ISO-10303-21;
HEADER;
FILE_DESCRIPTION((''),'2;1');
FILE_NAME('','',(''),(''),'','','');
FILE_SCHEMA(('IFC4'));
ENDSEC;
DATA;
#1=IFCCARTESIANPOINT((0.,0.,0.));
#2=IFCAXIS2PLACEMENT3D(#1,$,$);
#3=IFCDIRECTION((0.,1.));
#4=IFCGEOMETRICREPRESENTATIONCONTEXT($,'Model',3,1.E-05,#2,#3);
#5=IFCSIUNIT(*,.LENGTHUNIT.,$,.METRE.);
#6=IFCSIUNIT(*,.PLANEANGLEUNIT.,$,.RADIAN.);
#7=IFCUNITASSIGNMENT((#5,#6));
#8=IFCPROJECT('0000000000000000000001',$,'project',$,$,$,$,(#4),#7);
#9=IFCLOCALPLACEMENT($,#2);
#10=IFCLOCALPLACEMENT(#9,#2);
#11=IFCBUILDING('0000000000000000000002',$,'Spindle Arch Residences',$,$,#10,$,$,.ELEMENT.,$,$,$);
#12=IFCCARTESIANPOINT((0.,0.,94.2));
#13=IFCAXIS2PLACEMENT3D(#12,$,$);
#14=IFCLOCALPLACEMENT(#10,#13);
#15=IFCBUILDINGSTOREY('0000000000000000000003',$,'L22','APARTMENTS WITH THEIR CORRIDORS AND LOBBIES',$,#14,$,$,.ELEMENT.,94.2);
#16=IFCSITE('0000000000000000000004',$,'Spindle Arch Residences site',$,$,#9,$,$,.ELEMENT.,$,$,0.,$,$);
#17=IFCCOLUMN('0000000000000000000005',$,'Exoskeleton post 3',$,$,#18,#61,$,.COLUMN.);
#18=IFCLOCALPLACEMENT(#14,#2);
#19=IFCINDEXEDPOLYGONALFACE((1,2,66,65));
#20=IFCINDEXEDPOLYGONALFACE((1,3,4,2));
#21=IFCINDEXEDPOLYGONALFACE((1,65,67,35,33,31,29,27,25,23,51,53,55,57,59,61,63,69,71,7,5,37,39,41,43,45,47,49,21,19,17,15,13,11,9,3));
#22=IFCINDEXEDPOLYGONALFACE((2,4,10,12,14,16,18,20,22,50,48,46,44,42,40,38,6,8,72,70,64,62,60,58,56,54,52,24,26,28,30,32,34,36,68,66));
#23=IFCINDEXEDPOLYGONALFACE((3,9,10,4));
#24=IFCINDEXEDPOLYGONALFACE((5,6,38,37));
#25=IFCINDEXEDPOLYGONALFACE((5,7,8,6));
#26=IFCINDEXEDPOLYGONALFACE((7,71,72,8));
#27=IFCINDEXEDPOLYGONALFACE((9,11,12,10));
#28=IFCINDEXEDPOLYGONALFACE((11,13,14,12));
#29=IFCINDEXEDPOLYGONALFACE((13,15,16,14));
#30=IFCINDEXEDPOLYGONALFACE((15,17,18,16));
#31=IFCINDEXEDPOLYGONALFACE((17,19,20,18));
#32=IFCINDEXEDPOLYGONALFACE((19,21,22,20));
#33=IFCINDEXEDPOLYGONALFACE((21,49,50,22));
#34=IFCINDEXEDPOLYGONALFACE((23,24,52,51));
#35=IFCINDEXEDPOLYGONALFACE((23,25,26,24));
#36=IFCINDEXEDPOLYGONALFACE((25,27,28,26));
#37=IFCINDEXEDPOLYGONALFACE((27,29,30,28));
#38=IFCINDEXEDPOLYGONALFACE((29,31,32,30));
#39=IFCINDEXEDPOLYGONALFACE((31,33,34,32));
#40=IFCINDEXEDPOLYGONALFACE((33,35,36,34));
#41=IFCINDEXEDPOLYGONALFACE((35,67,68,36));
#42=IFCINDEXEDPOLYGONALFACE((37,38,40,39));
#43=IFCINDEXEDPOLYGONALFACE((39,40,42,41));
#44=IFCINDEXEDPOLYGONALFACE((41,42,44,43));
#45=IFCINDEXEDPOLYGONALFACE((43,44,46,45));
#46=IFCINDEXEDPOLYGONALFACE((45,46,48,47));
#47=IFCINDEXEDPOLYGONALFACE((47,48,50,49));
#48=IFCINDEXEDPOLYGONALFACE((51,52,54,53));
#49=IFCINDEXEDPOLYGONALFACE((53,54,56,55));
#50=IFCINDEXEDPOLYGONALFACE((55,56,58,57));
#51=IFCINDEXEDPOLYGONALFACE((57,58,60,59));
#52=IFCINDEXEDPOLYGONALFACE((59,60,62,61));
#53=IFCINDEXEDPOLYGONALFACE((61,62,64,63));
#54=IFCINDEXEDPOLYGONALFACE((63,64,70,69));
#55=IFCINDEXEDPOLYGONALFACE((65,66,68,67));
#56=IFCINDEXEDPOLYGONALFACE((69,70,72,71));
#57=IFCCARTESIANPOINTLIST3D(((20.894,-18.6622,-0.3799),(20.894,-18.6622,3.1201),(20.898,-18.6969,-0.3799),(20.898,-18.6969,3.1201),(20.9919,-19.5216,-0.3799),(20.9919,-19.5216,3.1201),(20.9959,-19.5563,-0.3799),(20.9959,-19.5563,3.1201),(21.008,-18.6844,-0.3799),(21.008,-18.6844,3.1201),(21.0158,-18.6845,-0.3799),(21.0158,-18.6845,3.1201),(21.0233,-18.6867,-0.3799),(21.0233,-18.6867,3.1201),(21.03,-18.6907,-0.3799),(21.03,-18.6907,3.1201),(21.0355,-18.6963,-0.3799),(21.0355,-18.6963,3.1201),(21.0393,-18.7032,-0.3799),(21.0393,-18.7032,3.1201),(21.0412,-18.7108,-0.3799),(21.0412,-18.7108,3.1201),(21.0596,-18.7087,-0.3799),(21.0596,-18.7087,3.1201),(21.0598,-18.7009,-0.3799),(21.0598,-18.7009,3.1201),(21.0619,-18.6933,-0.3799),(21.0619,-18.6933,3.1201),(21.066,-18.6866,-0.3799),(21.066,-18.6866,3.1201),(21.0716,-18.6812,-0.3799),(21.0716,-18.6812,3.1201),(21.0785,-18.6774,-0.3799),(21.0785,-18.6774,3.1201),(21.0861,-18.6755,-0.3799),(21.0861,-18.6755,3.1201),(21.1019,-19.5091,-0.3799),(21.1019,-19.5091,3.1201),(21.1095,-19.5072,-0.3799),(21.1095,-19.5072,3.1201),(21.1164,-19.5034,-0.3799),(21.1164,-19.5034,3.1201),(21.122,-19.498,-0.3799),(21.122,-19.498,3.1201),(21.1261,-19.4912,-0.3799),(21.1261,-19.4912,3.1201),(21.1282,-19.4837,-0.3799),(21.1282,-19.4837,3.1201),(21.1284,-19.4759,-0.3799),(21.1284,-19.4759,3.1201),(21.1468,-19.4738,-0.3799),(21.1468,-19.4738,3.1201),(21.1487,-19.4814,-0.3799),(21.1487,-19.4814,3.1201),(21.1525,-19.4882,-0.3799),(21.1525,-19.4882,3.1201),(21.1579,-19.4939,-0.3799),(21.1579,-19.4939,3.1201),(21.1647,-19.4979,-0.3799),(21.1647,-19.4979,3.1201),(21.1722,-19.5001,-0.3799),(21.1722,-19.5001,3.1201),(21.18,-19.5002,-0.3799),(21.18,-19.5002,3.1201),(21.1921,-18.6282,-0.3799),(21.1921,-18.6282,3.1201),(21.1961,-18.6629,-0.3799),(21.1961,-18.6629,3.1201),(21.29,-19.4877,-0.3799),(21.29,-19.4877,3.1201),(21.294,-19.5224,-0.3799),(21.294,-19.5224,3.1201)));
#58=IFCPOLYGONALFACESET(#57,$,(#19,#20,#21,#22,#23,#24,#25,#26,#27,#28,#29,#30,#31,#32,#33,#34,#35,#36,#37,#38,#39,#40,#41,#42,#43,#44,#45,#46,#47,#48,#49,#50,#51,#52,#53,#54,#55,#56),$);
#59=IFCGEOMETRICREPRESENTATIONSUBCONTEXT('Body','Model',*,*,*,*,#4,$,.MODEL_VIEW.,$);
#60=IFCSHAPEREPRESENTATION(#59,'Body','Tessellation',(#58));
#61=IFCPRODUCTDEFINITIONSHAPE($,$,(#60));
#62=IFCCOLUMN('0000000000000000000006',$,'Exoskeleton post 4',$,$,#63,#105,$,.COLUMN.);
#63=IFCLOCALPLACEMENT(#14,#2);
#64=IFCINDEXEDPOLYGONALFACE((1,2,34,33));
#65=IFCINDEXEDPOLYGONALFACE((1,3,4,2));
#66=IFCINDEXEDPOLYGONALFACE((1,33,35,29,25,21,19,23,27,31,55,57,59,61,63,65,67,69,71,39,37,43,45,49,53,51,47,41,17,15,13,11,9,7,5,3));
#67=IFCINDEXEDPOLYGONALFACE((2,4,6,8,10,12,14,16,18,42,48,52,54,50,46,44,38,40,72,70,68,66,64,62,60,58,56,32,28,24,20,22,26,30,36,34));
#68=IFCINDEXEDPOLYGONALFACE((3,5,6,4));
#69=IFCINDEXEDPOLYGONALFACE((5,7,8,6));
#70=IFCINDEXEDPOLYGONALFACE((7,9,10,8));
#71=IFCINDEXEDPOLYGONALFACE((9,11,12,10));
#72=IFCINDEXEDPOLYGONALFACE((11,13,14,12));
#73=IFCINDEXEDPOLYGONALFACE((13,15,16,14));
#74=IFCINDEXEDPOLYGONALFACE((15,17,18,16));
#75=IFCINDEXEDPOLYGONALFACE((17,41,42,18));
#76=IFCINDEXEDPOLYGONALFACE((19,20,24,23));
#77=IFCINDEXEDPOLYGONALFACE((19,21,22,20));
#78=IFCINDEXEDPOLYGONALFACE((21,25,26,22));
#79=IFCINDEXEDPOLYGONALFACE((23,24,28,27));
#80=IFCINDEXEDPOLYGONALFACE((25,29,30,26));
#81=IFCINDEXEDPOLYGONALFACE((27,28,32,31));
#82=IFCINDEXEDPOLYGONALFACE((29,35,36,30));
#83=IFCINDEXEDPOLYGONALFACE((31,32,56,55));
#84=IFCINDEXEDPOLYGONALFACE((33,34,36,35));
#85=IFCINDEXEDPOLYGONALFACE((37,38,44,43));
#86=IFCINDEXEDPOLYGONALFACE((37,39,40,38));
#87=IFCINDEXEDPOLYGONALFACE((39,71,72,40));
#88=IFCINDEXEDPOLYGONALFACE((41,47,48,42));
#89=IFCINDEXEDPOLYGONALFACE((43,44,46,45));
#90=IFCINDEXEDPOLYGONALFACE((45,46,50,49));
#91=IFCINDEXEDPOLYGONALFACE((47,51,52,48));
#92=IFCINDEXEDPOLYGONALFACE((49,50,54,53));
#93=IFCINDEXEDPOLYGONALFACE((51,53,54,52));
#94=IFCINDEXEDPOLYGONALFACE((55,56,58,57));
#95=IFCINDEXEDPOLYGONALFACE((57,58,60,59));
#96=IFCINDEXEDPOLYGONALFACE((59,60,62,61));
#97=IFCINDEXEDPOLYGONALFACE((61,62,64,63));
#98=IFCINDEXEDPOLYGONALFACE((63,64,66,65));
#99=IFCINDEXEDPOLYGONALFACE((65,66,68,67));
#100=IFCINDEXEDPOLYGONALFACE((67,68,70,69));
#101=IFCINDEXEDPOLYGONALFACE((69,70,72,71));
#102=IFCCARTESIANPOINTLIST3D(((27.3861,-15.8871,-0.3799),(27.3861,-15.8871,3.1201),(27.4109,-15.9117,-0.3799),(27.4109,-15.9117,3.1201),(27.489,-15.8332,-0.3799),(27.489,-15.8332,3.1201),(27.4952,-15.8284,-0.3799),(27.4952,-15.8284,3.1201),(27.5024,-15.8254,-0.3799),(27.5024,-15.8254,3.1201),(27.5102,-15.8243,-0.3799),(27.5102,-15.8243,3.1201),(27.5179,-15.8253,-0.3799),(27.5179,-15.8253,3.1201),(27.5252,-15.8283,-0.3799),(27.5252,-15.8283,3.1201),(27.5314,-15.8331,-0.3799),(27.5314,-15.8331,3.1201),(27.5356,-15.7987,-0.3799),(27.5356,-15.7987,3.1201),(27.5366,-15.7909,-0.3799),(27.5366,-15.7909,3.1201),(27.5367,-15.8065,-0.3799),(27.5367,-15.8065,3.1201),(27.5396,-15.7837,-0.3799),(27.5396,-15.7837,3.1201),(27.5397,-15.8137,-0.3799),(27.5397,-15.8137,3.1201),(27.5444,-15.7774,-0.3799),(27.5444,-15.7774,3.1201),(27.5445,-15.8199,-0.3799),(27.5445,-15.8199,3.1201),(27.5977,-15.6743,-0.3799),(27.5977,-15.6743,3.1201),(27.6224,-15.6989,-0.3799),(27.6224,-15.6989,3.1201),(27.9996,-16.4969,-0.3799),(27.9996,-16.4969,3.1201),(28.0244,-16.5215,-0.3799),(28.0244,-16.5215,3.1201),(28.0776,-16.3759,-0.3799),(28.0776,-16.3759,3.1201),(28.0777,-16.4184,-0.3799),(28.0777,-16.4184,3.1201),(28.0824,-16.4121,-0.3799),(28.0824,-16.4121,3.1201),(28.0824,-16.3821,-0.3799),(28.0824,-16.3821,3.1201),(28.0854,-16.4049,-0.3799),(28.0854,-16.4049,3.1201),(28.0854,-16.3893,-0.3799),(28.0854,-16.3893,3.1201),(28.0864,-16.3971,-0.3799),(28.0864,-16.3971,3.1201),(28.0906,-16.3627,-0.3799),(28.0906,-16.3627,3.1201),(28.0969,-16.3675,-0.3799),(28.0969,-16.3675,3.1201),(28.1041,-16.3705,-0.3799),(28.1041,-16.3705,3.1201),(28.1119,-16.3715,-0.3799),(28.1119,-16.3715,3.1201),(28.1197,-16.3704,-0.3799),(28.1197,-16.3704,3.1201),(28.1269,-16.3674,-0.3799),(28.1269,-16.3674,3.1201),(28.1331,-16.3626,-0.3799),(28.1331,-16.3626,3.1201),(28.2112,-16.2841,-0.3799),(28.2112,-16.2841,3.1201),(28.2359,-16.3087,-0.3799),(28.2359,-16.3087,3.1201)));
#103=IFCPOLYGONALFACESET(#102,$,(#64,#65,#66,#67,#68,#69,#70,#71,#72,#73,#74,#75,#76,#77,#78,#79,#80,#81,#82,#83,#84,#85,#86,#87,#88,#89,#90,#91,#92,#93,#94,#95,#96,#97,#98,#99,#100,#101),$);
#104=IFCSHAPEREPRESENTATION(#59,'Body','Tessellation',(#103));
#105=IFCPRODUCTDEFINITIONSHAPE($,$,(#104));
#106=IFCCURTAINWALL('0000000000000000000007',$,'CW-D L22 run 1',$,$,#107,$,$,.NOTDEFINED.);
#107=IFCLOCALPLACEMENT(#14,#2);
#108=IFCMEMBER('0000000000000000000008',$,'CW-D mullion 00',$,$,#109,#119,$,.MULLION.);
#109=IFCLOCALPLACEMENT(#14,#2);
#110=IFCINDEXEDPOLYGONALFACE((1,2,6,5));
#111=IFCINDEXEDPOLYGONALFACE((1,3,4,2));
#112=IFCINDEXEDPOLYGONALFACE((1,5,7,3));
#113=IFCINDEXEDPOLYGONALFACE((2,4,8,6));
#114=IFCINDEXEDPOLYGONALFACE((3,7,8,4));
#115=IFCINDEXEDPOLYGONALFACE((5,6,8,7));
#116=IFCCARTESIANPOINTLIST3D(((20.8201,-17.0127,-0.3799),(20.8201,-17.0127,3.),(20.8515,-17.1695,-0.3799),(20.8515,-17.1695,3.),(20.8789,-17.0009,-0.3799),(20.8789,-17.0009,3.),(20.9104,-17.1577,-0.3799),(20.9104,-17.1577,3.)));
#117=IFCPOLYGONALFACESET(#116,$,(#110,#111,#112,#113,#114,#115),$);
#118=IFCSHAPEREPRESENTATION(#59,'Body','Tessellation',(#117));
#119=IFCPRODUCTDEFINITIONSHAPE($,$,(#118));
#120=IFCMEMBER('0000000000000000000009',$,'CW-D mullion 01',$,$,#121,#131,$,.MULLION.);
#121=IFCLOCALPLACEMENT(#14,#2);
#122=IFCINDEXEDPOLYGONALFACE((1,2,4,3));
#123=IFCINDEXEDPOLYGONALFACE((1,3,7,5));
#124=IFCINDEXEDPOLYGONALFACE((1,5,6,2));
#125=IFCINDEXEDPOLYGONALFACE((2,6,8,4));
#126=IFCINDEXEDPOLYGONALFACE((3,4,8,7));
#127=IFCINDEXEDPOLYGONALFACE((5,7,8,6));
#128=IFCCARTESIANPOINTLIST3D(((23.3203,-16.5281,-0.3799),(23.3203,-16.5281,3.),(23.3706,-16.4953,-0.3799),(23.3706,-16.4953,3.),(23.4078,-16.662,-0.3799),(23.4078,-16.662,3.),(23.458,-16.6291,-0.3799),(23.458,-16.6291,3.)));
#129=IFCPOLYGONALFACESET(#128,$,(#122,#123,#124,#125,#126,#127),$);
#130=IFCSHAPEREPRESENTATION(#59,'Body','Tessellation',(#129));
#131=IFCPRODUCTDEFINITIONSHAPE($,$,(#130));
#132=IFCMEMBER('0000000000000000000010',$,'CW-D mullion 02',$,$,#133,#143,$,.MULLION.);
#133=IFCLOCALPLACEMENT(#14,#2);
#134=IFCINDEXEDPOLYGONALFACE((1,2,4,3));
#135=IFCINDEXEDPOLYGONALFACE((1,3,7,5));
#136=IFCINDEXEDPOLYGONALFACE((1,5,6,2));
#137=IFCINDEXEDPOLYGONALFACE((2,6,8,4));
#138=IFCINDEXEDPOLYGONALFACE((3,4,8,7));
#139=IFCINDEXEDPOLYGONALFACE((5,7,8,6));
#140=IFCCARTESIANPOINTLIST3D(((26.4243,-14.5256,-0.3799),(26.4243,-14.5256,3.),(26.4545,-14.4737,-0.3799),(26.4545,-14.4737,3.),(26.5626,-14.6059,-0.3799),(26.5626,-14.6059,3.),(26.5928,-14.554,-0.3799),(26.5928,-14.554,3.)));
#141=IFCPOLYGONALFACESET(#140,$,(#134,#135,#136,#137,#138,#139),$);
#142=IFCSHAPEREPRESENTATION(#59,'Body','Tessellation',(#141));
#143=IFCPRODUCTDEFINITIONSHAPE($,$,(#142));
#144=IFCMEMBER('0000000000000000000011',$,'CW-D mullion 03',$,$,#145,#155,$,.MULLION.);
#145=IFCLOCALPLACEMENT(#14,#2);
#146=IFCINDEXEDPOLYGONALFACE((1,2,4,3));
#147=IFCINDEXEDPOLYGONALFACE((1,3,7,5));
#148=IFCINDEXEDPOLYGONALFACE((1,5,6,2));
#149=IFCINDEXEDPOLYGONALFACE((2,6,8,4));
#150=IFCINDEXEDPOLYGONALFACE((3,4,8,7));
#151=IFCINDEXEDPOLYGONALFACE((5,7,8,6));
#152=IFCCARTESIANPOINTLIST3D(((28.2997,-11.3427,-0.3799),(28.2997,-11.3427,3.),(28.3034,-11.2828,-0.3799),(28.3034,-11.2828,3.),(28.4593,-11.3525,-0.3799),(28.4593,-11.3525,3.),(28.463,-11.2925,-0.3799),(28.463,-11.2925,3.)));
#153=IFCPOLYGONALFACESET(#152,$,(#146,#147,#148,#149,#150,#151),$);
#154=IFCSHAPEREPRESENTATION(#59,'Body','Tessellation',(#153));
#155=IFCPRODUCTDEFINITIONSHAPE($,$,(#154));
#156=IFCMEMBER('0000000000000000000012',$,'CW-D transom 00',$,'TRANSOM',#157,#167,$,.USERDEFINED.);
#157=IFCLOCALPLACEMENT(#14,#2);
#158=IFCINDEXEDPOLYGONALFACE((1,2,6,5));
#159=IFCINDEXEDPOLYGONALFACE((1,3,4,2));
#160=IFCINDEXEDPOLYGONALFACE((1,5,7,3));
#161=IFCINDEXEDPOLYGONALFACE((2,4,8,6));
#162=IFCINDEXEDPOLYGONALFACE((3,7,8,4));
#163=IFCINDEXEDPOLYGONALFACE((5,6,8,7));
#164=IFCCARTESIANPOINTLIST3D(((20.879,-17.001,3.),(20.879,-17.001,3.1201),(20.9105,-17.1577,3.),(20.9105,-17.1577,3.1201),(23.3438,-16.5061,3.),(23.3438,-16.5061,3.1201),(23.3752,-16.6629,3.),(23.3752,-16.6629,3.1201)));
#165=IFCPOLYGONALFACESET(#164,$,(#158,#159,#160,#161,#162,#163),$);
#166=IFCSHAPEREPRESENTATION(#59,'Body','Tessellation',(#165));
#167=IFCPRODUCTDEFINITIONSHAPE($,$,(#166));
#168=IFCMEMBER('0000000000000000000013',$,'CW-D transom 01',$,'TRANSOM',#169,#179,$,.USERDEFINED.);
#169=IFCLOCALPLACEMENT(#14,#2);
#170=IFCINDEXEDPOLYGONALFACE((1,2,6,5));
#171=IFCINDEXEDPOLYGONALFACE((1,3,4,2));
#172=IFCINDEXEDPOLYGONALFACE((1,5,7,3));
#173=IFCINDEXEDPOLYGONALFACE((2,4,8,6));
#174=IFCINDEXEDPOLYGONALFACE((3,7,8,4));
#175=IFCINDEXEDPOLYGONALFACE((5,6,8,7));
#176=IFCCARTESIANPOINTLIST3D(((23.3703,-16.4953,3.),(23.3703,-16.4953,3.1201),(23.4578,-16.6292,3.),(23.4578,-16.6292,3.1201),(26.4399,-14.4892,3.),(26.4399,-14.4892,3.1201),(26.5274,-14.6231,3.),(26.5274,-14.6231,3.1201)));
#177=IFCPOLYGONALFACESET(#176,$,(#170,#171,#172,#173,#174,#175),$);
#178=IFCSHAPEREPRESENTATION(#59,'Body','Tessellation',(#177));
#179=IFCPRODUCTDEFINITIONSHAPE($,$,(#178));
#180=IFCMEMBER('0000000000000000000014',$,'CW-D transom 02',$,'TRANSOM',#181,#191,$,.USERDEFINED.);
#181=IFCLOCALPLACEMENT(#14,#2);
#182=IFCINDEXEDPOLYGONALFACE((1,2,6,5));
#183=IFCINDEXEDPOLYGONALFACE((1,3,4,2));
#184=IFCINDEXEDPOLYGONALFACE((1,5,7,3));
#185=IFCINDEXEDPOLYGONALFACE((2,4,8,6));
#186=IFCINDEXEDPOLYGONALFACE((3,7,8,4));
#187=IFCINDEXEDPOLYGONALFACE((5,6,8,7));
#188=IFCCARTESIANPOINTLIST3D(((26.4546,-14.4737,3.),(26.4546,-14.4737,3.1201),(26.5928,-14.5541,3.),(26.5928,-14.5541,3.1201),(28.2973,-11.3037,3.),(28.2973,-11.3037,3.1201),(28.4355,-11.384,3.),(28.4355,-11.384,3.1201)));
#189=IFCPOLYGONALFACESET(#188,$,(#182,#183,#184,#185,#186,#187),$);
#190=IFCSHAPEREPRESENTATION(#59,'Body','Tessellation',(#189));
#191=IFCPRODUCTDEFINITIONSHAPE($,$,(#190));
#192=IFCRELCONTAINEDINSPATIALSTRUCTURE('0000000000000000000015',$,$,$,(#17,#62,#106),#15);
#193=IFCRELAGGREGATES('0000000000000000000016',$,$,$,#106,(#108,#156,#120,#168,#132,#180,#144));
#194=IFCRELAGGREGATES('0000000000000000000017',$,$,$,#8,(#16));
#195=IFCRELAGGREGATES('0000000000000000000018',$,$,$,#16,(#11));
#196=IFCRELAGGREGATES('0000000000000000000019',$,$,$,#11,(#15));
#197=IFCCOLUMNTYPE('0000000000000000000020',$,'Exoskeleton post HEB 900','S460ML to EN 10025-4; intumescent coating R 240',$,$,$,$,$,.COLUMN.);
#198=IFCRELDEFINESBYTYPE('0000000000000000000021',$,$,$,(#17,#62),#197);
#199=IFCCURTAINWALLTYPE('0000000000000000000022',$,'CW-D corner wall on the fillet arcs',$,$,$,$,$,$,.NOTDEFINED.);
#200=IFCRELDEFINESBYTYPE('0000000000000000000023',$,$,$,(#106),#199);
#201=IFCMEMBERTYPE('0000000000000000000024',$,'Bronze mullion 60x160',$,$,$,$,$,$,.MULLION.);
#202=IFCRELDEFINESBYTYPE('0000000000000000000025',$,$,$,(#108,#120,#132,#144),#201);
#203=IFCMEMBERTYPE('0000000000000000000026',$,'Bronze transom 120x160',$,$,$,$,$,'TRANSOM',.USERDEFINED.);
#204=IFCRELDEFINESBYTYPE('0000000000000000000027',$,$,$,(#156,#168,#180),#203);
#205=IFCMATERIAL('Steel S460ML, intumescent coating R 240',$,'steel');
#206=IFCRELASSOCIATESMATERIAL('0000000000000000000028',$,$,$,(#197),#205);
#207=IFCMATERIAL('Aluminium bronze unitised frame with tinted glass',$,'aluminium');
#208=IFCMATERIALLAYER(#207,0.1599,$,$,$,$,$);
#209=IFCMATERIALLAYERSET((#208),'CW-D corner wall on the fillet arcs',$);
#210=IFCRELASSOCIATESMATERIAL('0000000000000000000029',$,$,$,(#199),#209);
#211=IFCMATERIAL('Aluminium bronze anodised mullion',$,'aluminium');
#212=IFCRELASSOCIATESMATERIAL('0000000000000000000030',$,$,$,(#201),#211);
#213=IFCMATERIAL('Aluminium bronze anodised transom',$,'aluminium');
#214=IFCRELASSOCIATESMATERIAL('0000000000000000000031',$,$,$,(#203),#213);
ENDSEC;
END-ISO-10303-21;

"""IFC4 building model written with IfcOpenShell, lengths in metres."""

from ifc_helpers import new_model, si_unit, direction, frame, origin, origin_2d, place, context, subcontext, project, spatial, rectangle, i_section, extrude, material, layer, layer_set, material_profile, profile_set, type_object, element, aggregate, save


model = new_model("IFC4")

# Units and contexts
model_context = context("Model", 3, precision=1e-05, world=origin(), true_north=direction((0.0, 1.0)))
body_context = subcontext(model_context, "Body", "Model", "MODEL_VIEW")
ifc_project = project(units=[si_unit("LENGTHUNIT", "METRE"), si_unit("PLANEANGLEUNIT", "RADIAN")], contexts=[model_context])

# Site, building, storey
site_placement = place(None, origin())
site = spatial("IfcSite", under=ifc_project, at=site_placement, Name="Spindle Arch Residences site", CompositionType="ELEMENT", RefElevation=0.0)
building_placement = place(site_placement, origin())
building = spatial("IfcBuilding", under=site, at=building_placement, Name="Spindle Arch Residences", CompositionType="ELEMENT")
storey_placement = place(building_placement, frame((0.0, 0.0, 94.2)))
storey = spatial("IfcBuildingStorey", under=building, at=storey_placement, Name="L22", Description="APARTMENTS WITH THEIR CORRIDORS AND LOBBIES", CompositionType="ELEMENT", Elevation=94.2)

# Columns
ifc_material_1 = material(Name="Steel S460ML, intumescent coating R 240", Category="steel")
ifc_material_profile_1 = material_profile(ifc_material_1, i_section(OverallWidth=0.3, OverallDepth=0.8999, WebThickness=0.0186, FlangeThickness=0.0349, FilletRadius=0.03, at=origin_2d()), Name="HEB 900")
ifc_profile_set_1 = profile_set([ifc_material_profile_1], Name="Steel S460ML, intumescent coating R 240")
column_type = type_object("IfcColumnType", Name="Exoskeleton post HEB 900", Description="S460ML to EN 10025-4; intumescent coating R 240", PredefinedType="COLUMN", material=ifc_profile_set_1)
for number, where, z_axis, x_axis, name in (
    (1, (21.094, -19.0923, -0.3799), (0.0, 0.0, 1.0), (-0.993572, -0.113203, 0.0), "Exoskeleton post 3"),
    (2, (27.811, -16.0979, -0.3799), (0.0, 0.0, 1.0), (-0.704963, -0.709244, 0.0), "Exoskeleton post 4"),
):
    element("IfcColumn", number, at=place(storey_placement, frame(where, z_axis=z_axis, x_axis=x_axis)), inside=storey, type_object=column_type, Name=name, PredefinedType="COLUMN", context=body_context, shape_type="SweptSolid", body=[
        extrude(i_section(OverallWidth=0.3, OverallDepth=0.8999, WebThickness=0.0186, FlangeThickness=0.0349, FilletRadius=0.03, at=origin_2d()), origin(), (0.0, 0.0, 1.0), 3.5),
    ])

# Curtain wall, members
ifc_material_2 = material(Name="Aluminium bronze unitised frame with tinted glass", Category="aluminium")
ifc_layer_1 = layer(ifc_material_2, 0.1599)
ifc_layer_set_1 = layer_set([ifc_layer_1], Name="CW-D corner wall on the fillet arcs")
curtain_wall_type_1 = type_object("IfcCurtainWallType", Name="CW-D corner wall on the fillet arcs", PredefinedType="NOTDEFINED", material=ifc_layer_set_1)
curtain_wall_1_placement = place(storey_placement, origin())
curtain_wall_1 = element("IfcCurtainWall", 3, at=curtain_wall_1_placement, inside=storey, type_object=curtain_wall_type_1, Name="CW-D L22 run 1", PredefinedType="NOTDEFINED")
ifc_material_3 = material(Name="Aluminium bronze anodised mullion", Category="aluminium")
ifc_material_profile_2 = material_profile(ifc_material_3, rectangle(XDim=0.1599, YDim=0.0601, at=origin_2d()), Name="MU 60x160")
ifc_profile_set_2 = profile_set([ifc_material_profile_2], Name="Aluminium bronze anodised mullion")
member_type_1 = type_object("IfcMemberType", Name="Bronze mullion 60x160", PredefinedType="MULLION", material=ifc_profile_set_2)
member_1_placement = place(storey_placement, frame((20.8652, -17.0852, -0.3799), z_axis=(0.0, 0.0, 1.0), x_axis=(-0.196863, 0.980431, 0.0)))
member_1 = element("IfcMember", 4, at=member_1_placement, type_object=member_type_1, Name="CW-D mullion 00", PredefinedType="MULLION", context=body_context, shape_type="SweptSolid", body=[
    extrude(rectangle(XDim=0.1599, YDim=0.0601, at=origin_2d()), origin(), (0.0, 0.0, 1.0), 3.3799),
])
member_2_placement = place(storey_placement, frame((23.3892, -16.5786, -0.3799), z_axis=(0.0, 0.0, 1.0), x_axis=(-0.547076, 0.837083, 0.0)))
member_2 = element("IfcMember", 5, at=member_2_placement, type_object=member_type_1, Name="CW-D mullion 01", PredefinedType="MULLION", context=body_context, shape_type="SweptSolid", body=[
    extrude(rectangle(XDim=0.1599, YDim=0.0601, at=origin_2d()), origin(), (0.0, 0.0, 1.0), 3.3799),
])
member_3_placement = place(storey_placement, frame((26.5085, -14.5398, -0.3799), z_axis=(0.0, 0.0, 1.0), x_axis=(-0.864567, 0.502517, 0.0)))
member_3 = element("IfcMember", 6, at=member_3_placement, type_object=member_type_1, Name="CW-D mullion 02", PredefinedType="MULLION", context=body_context, shape_type="SweptSolid", body=[
    extrude(rectangle(XDim=0.1599, YDim=0.0601, at=origin_2d()), origin(), (0.0, 0.0, 1.0), 3.3799),
])
member_4_placement = place(storey_placement, frame((28.3813, -11.3176, -0.3799), z_axis=(0.0, 0.0, 1.0), x_axis=(-0.998135, 0.061049, 0.0)))
member_4 = element("IfcMember", 7, at=member_4_placement, type_object=member_type_1, Name="CW-D mullion 03", PredefinedType="MULLION", context=body_context, shape_type="SweptSolid", body=[
    extrude(rectangle(XDim=0.1599, YDim=0.0601, at=origin_2d()), origin(), (0.0, 0.0, 1.0), 3.3799),
])
ifc_material_4 = material(Name="Aluminium bronze anodised transom", Category="aluminium")
ifc_material_profile_3 = material_profile(ifc_material_4, rectangle(XDim=0.1599, YDim=0.1201, at=origin_2d()), Name="TR 120x160")
ifc_profile_set_3 = profile_set([ifc_material_profile_3], Name="Aluminium bronze anodised transom")
member_type_2 = type_object("IfcMemberType", Name="Bronze transom 120x160", ElementType="TRANSOM", PredefinedType="USERDEFINED", material=ifc_profile_set_3)
member_5_placement = place(storey_placement, frame((20.8948, -17.0793, 3.0601), z_axis=(0.980435, 0.196844, 0.0), x_axis=(-0.196844, 0.980435, 0.0)))
member_5 = element("IfcMember", 8, at=member_5_placement, type_object=member_type_2, Name="CW-D transom 00", ObjectType="TRANSOM", PredefinedType="USERDEFINED", context=body_context, shape_type="SweptSolid", body=[
    extrude(rectangle(XDim=0.1599, YDim=0.1201, at=origin_2d()), origin(), (0.0, 0.0, 1.0), 2.5139),
])
member_6_placement = place(storey_placement, frame((23.4141, -16.5623, 3.0601), z_axis=(0.837086, 0.547072, 0.0), x_axis=(-0.547072, 0.837086, 0.0)))
member_6 = element("IfcMember", 9, at=member_6_placement, type_object=member_type_2, Name="CW-D transom 01", ObjectType="TRANSOM", PredefinedType="USERDEFINED", context=body_context, shape_type="SweptSolid", body=[
    extrude(rectangle(XDim=0.1599, YDim=0.1201, at=origin_2d()), origin(), (0.0, 0.0, 1.0), 3.667),
])
member_7_placement = place(storey_placement, frame((26.5237, -14.5139, 3.0601), z_axis=(0.50255, 0.864548, 0.0), x_axis=(-0.864548, 0.50255, 0.0)))
member_7 = element("IfcMember", 10, at=member_7_placement, type_object=member_type_2, Name="CW-D transom 02", ObjectType="TRANSOM", PredefinedType="USERDEFINED", context=body_context, shape_type="SweptSolid", body=[
    extrude(rectangle(XDim=0.1599, YDim=0.1201, at=origin_2d()), origin(), (0.0, 0.0, 1.0), 3.6667),
])

aggregate(curtain_wall_1, [member_1, member_5, member_2, member_6, member_3, member_7, member_4])

save(model, "model.ifc")
